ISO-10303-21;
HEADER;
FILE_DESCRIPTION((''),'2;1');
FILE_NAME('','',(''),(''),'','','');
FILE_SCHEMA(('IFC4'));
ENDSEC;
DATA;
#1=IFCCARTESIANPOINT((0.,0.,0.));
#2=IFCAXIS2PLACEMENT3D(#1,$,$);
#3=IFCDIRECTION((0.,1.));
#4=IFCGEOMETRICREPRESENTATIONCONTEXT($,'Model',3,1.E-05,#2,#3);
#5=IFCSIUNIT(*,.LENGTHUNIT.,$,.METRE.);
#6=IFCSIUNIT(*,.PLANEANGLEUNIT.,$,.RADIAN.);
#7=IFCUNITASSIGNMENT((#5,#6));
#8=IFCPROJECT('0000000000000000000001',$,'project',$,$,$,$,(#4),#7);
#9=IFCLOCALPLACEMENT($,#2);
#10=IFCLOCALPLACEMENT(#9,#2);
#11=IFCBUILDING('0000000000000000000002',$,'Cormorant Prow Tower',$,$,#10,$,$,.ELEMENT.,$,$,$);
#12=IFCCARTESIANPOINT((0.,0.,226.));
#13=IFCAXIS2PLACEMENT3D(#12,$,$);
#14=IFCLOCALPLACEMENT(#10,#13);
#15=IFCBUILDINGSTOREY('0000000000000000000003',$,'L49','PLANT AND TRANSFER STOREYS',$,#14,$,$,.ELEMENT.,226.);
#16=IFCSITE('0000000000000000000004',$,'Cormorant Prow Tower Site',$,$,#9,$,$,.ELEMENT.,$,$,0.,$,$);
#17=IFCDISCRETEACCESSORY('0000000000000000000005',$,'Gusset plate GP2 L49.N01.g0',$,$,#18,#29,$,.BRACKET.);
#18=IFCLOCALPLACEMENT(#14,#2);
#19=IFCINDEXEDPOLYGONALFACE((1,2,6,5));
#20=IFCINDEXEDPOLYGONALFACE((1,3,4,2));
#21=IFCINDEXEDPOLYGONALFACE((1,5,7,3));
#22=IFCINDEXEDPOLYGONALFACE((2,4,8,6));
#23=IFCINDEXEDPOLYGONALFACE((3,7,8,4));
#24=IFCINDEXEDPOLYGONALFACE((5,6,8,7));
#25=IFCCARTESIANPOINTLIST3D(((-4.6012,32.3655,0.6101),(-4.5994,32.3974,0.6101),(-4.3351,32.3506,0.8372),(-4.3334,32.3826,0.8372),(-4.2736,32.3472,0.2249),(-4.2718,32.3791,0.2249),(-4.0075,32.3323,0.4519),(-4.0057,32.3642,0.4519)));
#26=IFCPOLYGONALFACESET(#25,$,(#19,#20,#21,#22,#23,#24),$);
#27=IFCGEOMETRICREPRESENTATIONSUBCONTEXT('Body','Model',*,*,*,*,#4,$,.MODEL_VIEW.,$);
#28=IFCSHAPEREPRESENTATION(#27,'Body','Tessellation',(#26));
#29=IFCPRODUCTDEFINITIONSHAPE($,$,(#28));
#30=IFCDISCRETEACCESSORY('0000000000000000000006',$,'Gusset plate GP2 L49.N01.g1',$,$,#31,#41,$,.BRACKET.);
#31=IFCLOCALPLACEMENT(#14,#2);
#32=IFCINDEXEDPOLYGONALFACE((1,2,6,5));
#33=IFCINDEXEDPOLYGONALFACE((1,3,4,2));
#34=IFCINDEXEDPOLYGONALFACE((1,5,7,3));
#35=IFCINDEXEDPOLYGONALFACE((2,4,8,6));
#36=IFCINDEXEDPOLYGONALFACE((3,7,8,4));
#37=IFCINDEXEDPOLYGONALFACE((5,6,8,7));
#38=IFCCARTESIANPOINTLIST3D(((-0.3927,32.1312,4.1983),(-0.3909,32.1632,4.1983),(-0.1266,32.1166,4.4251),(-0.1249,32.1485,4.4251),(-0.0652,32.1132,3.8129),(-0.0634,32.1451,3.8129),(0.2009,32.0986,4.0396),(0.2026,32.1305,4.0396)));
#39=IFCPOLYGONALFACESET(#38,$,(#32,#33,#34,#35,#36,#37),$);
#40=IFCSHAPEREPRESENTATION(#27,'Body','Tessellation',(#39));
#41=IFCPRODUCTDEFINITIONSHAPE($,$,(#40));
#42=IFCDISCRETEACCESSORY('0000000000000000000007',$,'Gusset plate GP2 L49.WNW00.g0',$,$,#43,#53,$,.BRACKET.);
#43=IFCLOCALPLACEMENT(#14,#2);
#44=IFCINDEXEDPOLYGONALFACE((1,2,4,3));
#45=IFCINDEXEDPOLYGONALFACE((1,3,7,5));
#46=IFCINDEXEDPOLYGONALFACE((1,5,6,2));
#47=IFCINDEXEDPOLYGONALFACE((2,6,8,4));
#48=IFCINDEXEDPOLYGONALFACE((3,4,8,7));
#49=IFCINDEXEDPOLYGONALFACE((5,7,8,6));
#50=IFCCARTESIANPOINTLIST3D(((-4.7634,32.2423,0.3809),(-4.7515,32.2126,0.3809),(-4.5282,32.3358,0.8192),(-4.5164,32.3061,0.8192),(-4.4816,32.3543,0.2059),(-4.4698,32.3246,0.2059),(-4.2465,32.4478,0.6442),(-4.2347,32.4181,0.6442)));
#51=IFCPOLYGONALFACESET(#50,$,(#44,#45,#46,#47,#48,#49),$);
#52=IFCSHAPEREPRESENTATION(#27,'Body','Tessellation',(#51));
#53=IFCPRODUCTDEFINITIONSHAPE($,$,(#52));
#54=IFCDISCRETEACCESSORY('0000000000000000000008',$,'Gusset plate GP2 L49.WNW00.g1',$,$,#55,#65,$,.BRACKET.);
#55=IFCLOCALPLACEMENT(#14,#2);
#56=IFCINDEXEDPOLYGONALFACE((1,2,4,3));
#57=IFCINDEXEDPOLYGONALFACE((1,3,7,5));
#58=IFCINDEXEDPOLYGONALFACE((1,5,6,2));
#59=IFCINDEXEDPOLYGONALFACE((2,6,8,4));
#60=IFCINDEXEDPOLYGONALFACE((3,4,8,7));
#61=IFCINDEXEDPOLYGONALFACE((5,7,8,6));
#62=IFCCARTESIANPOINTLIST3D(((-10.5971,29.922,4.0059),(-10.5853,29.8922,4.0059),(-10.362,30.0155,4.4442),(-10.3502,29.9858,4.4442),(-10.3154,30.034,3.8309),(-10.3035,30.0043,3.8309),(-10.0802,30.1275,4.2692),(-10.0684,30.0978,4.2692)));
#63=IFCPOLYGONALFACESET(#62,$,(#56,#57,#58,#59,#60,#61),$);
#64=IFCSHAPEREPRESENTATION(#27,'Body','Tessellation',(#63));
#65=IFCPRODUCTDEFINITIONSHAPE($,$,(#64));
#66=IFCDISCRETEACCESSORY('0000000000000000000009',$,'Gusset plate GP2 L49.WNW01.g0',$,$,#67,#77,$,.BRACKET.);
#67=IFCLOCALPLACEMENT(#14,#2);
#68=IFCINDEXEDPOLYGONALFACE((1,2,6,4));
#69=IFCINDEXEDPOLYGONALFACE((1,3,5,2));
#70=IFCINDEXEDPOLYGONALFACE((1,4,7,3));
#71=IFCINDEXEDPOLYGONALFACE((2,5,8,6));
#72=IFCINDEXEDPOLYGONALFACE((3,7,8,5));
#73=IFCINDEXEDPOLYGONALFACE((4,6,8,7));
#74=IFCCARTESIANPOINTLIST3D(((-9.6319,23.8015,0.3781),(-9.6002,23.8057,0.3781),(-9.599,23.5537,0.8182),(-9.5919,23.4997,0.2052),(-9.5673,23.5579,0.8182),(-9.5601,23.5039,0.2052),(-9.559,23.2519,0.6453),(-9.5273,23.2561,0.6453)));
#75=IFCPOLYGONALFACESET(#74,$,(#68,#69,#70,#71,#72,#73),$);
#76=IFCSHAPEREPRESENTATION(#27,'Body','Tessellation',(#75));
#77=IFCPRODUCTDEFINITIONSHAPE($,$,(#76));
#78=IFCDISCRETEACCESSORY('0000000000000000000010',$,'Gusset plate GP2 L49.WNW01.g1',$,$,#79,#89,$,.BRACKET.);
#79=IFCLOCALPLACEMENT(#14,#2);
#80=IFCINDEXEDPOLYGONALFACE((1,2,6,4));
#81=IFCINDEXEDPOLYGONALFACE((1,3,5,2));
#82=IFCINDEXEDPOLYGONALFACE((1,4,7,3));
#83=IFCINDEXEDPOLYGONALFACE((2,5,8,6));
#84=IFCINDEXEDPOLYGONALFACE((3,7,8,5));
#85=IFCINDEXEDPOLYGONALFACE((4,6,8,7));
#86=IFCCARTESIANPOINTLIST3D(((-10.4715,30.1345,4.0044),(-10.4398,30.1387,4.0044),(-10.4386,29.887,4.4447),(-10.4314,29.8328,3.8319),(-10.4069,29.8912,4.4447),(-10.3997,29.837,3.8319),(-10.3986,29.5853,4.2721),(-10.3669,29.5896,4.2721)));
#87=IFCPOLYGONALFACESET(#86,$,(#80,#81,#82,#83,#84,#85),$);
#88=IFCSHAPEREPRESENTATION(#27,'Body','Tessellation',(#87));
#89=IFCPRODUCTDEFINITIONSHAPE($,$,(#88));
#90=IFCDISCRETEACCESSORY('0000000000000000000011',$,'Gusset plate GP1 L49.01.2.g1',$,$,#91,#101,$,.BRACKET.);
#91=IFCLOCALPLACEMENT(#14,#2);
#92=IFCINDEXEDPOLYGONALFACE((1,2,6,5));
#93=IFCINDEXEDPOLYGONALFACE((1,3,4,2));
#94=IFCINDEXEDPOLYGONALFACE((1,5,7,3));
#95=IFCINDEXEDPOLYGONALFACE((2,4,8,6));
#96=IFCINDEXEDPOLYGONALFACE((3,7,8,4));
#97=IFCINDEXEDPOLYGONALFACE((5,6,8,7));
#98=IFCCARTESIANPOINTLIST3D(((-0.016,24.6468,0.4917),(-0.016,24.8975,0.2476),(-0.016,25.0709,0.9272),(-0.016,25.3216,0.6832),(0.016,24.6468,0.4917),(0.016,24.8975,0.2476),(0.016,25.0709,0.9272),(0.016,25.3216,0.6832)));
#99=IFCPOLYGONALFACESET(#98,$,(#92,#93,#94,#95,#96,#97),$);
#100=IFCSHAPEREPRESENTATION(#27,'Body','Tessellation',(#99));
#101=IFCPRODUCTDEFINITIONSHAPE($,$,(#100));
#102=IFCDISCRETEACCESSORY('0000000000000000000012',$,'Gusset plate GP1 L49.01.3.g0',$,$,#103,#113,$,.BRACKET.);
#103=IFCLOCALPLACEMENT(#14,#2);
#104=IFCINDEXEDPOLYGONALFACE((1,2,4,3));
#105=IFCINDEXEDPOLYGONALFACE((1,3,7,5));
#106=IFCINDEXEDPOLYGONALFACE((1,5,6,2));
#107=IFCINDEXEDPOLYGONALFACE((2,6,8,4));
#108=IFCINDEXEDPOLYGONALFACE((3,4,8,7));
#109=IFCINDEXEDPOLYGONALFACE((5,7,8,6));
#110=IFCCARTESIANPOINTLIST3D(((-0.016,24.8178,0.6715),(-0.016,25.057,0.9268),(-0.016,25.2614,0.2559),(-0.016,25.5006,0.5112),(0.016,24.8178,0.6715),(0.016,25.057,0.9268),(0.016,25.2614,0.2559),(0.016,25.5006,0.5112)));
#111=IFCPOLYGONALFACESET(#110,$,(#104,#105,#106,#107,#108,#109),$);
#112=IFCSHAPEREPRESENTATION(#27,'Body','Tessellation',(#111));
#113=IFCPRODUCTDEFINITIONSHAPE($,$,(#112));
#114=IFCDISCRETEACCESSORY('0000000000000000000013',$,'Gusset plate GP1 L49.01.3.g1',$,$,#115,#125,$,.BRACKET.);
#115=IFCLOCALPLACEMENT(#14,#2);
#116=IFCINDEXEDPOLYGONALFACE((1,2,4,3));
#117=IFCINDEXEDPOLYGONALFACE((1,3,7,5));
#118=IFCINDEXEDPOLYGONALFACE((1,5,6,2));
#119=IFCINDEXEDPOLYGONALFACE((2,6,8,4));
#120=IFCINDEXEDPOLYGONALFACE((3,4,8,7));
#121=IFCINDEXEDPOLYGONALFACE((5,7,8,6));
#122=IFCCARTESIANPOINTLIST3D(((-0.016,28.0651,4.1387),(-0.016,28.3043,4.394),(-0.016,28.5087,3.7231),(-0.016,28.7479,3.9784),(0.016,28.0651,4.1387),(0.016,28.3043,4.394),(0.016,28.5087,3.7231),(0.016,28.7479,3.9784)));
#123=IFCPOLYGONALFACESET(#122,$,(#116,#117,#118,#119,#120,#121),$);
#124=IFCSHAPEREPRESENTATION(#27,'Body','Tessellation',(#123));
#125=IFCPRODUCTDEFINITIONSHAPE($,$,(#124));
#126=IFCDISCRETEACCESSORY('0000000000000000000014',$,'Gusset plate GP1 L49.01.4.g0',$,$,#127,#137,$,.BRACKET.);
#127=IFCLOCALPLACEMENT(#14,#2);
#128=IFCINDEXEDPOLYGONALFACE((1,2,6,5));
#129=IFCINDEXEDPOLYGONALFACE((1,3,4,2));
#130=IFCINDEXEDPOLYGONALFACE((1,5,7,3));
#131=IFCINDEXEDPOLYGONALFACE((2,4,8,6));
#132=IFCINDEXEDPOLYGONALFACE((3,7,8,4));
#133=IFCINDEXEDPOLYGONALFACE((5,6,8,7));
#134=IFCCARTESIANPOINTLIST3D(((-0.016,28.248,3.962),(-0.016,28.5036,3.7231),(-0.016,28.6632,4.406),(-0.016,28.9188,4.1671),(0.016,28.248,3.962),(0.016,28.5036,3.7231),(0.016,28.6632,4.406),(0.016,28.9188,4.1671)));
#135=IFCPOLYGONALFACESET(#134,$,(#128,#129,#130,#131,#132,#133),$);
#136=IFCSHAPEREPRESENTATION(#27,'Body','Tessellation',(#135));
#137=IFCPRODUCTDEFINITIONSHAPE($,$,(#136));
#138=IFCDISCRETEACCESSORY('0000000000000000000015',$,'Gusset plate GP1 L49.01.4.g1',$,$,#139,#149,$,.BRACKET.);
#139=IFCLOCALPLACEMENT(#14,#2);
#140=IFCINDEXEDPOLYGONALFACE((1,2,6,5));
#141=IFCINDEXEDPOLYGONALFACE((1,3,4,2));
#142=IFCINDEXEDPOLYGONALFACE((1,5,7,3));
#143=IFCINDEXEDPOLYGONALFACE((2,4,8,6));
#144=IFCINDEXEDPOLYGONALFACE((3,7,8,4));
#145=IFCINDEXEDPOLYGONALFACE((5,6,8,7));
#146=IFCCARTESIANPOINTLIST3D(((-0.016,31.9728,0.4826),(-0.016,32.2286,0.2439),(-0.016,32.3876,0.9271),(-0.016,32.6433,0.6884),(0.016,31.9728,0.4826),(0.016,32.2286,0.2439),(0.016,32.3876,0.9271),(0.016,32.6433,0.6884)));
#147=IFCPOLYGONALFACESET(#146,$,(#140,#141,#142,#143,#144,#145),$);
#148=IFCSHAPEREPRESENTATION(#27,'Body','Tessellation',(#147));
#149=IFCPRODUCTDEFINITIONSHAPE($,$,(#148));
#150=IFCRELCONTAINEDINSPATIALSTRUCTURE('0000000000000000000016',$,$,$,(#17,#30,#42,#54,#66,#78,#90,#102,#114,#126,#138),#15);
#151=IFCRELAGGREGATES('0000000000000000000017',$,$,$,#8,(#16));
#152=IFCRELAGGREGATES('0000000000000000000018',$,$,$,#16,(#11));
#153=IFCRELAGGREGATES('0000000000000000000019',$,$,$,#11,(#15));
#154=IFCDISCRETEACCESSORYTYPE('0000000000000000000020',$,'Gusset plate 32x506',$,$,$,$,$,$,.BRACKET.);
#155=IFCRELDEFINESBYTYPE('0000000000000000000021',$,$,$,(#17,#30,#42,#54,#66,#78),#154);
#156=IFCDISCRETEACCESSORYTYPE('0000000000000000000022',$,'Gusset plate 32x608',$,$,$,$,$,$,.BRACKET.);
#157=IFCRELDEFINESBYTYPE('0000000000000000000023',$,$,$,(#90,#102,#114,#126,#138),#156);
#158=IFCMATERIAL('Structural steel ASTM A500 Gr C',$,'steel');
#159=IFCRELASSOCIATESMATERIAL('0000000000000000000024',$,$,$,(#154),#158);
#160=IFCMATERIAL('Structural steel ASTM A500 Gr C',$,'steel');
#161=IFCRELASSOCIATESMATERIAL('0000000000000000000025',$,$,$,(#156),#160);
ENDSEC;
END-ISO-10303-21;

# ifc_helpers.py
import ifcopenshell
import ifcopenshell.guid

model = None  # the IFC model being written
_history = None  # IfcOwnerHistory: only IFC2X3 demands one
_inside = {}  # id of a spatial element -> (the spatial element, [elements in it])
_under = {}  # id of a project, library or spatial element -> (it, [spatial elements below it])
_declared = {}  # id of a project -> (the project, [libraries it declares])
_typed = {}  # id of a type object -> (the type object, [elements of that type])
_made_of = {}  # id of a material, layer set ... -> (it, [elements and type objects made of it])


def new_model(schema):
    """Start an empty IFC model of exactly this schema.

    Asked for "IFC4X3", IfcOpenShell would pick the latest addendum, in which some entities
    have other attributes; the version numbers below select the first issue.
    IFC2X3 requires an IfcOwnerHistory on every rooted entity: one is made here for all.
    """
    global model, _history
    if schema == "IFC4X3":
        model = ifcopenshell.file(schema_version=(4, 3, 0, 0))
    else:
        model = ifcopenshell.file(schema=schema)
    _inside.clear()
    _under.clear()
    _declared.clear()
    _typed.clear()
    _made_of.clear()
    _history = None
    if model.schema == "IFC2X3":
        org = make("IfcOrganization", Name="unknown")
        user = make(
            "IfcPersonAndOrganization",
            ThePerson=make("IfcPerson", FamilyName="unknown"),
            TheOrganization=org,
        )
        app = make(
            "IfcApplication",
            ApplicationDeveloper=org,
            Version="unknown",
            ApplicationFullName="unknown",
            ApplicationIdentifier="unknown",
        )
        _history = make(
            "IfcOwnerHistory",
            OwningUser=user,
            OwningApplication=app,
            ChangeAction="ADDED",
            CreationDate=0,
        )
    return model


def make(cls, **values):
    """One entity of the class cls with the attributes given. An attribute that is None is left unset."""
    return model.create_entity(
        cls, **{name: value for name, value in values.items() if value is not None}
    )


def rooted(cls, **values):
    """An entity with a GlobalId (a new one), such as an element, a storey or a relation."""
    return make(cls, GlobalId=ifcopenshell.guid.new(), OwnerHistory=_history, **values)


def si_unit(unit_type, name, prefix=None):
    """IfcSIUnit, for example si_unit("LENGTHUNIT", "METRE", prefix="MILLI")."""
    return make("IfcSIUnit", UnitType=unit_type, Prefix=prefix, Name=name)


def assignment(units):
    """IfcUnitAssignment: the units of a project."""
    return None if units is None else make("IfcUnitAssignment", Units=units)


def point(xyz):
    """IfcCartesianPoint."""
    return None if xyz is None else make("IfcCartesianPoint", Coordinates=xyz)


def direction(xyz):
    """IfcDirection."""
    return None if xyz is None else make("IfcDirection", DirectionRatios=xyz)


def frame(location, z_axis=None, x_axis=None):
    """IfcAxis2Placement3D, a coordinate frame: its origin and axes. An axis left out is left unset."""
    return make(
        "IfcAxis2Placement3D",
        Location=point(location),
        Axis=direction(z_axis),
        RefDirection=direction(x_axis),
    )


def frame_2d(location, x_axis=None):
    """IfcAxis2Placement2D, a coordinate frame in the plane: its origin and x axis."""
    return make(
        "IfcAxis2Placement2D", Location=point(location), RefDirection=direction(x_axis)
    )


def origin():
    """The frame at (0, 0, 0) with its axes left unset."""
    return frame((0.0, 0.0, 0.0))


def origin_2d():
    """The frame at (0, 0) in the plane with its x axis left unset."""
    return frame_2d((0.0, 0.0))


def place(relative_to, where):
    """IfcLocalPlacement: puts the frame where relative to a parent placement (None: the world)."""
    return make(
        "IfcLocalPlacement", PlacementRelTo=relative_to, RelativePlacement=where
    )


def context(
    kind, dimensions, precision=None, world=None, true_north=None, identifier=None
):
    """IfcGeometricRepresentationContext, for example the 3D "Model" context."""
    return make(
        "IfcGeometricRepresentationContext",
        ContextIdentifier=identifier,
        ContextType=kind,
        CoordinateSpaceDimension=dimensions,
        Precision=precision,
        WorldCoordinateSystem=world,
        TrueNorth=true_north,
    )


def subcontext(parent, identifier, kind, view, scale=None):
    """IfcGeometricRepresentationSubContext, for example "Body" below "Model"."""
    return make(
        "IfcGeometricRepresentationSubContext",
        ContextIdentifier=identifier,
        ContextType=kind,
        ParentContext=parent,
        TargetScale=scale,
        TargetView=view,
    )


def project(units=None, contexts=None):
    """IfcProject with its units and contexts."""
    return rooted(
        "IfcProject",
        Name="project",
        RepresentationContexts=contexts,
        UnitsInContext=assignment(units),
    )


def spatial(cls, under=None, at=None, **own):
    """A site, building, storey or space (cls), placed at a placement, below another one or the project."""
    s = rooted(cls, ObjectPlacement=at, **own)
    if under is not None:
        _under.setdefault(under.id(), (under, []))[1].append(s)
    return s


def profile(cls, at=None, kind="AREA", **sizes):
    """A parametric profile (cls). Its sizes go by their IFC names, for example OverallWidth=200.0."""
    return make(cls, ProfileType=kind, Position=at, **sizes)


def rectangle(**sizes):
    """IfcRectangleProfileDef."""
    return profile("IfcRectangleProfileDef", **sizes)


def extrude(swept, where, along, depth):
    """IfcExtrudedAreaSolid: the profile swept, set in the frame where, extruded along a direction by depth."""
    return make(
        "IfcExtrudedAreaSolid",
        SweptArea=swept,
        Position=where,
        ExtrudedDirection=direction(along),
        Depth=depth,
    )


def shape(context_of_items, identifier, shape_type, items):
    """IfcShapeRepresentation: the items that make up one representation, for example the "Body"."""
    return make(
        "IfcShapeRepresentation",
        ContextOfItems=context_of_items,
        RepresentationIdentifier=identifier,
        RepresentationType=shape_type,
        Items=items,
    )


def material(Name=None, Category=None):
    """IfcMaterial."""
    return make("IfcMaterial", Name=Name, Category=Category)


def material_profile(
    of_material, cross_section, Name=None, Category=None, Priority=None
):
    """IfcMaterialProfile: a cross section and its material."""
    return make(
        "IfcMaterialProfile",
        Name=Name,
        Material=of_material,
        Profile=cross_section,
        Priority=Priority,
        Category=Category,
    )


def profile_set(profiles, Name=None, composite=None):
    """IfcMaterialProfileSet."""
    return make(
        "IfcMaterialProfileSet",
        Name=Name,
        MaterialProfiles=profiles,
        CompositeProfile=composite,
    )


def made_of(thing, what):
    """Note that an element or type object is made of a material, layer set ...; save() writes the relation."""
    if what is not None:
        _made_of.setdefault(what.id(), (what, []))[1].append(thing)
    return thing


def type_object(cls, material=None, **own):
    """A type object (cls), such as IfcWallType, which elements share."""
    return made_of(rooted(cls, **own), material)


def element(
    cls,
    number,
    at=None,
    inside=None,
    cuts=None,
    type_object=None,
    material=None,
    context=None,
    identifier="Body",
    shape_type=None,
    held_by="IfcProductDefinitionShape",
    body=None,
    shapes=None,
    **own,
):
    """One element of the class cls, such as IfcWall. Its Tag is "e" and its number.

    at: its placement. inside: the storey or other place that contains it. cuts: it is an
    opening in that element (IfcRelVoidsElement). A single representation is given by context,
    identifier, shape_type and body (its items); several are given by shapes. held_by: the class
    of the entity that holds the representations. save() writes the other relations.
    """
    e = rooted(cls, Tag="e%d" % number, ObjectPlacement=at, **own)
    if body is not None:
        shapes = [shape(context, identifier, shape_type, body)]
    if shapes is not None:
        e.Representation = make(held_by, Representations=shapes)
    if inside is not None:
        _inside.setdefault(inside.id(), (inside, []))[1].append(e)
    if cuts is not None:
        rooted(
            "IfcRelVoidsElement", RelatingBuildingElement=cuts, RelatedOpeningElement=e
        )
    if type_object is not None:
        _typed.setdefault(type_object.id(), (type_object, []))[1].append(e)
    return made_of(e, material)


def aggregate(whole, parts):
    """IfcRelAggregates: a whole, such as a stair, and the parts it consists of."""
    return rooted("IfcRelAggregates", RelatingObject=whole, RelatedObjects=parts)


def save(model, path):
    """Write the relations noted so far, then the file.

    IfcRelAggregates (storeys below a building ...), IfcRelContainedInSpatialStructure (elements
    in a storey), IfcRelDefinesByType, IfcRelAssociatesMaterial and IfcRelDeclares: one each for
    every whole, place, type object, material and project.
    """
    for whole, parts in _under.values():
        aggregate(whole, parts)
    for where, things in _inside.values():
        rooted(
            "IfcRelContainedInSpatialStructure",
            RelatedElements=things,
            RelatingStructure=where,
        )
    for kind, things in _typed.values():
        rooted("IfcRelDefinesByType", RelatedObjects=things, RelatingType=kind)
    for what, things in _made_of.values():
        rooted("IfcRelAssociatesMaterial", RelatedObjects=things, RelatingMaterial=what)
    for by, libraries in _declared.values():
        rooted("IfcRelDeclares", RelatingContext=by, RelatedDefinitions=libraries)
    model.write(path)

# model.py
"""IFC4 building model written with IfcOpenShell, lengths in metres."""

from ifc_helpers import new_model, si_unit, direction, frame, origin, origin_2d, place, context, subcontext, project, spatial, rectangle, extrude, material, material_profile, profile_set, type_object, element, save


model = new_model("IFC4")

# Units and contexts
model_context = context("Model", 3, precision=1e-05, world=origin(), true_north=direction((0.0, 1.0)))
body_context = subcontext(model_context, "Body", "Model", "MODEL_VIEW")
ifc_project = project(units=[si_unit("LENGTHUNIT", "METRE"), si_unit("PLANEANGLEUNIT", "RADIAN")], contexts=[model_context])

# Site, building, storey
site_placement = place(None, origin())
site = spatial("IfcSite", under=ifc_project, at=site_placement, Name="Cormorant Prow Tower Site", CompositionType="ELEMENT", RefElevation=0.0)
building_placement = place(site_placement, origin())
building = spatial("IfcBuilding", under=site, at=building_placement, Name="Cormorant Prow Tower", CompositionType="ELEMENT")
storey_placement = place(building_placement, frame((0.0, 0.0, 226.0)))
storey = spatial("IfcBuildingStorey", under=building, at=storey_placement, Name="L49", Description="PLANT AND TRANSFER STOREYS", CompositionType="ELEMENT", Elevation=226.0)

# Discrete accessories
ifc_material_1 = material(Name="Structural steel ASTM A500 Gr C", Category="steel")
ifc_material_profile_1 = material_profile(ifc_material_1, rectangle(XDim=0.032, YDim=0.5061, at=origin_2d()), Name="Gusset plate 32x506")
ifc_profile_set_1 = profile_set([ifc_material_profile_1], Name="Structural steel ASTM A500 Gr C")
discrete_accessory_type_1 = type_object("IfcDiscreteAccessoryType", Name="Gusset plate 32x506", PredefinedType="BRACKET", material=ifc_profile_set_1)
discrete_accessory_1_placement = place(storey_placement, frame((-4.1704, 32.3574, 0.6445), z_axis=(-0.760044, 0.042535, -0.648478), x_axis=(-0.055876, -0.998438, 0.0)))
element("IfcDiscreteAccessory", 1, at=discrete_accessory_1_placement, inside=storey, type_object=discrete_accessory_type_1, Name="Gusset plate GP2 L49.N01.g0", PredefinedType="BRACKET", context=body_context, shape_type="SweptSolid", body=[
    extrude(rectangle(XDim=0.032, YDim=0.5061, at=origin_2d()), origin(), (0.0, 0.0, 1.0), 0.3501),
])
discrete_accessory_2_placement = place(storey_placement, frame((-0.228, 32.1382, 4.0056), z_axis=(0.76041, -0.041857, 0.648093), x_axis=(0.054963, 0.998488, 0.0)))
element("IfcDiscreteAccessory", 2, at=discrete_accessory_2_placement, inside=storey, type_object=discrete_accessory_type_1, Name="Gusset plate GP2 L49.N01.g1", PredefinedType="BRACKET", context=body_context, shape_type="SweptSolid", body=[
    extrude(rectangle(XDim=0.032, YDim=0.5061, at=origin_2d()), origin(), (0.0, 0.0, 1.0), 0.3499),
])
for number, where, z_axis, x_axis, name in (
    (3, (-4.6399, 32.2742, 0.6001), (0.804717, 0.320074, -0.499984), (-0.369585, 0.929197, 0.0), "Gusset plate GP2 L49.WNW00.g0"),
    (4, (-10.1919, 30.0659, 4.05), (-0.804717, -0.320074, 0.499984), (0.369585, -0.929197, 0.0), "Gusset plate GP2 L49.WNW00.g1"),
    (5, (-9.5996, 23.6797, 0.5981), (0.114379, -0.862029, -0.493784), (0.991312, 0.131533, 0.0), "Gusset plate GP2 L49.WNW01.g0"),
):
    element("IfcDiscreteAccessory", number, at=place(storey_placement, frame(where, z_axis=z_axis, x_axis=x_axis)), inside=storey, type_object=discrete_accessory_type_1, Name=name, PredefinedType="BRACKET", context=body_context, shape_type="SweptSolid", body=[
        extrude(rectangle(XDim=0.032, YDim=0.5061, at=origin_2d()), origin(), (0.0, 0.0, 1.0), 0.3501),
    ])
discrete_accessory_3_placement = place(storey_placement, frame((-10.3992, 29.7112, 4.052), z_axis=(-0.114419, 0.862326, 0.493256), x_axis=(-0.991312, -0.131533, 0.0)))
element("IfcDiscreteAccessory", 6, at=discrete_accessory_3_placement, inside=storey, type_object=discrete_accessory_type_1, Name="Gusset plate GP2 L49.WNW01.g1", PredefinedType="BRACKET", context=body_context, shape_type="SweptSolid", body=[
    extrude(rectangle(XDim=0.032, YDim=0.5061, at=origin_2d()), origin(), (0.0, 0.0, 1.0), 0.3499),
])
ifc_material_2 = material(Name="Structural steel ASTM A500 Gr C", Category="steel")
ifc_material_profile_2 = material_profile(ifc_material_2, rectangle(XDim=0.032, YDim=0.6079, at=origin_2d()), Name="Gusset plate 32x608")
ifc_profile_set_2 = profile_set([ifc_material_profile_2], Name="Structural steel ASTM A500 Gr C")
discrete_accessory_type_2 = type_object("IfcDiscreteAccessoryType", Name="Gusset plate 32x608", PredefinedType="BRACKET", material=ifc_profile_set_2)
for number, where, z_axis, x_axis, name in (
    (7, (0.0, 24.8589, 0.7095), (0.0, 0.716462, -0.697626), (-1.0, 0.0, 0.0), "Gusset plate GP1 L49.01.2.g1"),
    (8, (0.0, 25.2788, 0.719), (0.0, -0.683709, -0.729755), (1.0, 0.0, 0.0), "Gusset plate GP1 L49.01.3.g0"),
    (9, (0.0, 28.2869, 3.9309), (0.0, 0.683709, 0.729755), (-1.0, 0.0, 0.0), "Gusset plate GP1 L49.01.3.g1"),
    (10, (0.0, 28.7112, 3.9451), (0.0, -0.730429, 0.682989), (1.0, 0.0, 0.0), "Gusset plate GP1 L49.01.4.g0"),
    (11, (0.0, 32.1802, 0.7048), (0.0, 0.731102, -0.682269), (-1.0, 0.0, 0.0), "Gusset plate GP1 L49.01.4.g1"),
):
    element("IfcDiscreteAccessory", number, at=place(storey_placement, frame(where, z_axis=z_axis, x_axis=x_axis)), inside=storey, type_object=discrete_accessory_type_2, Name=name, PredefinedType="BRACKET", context=body_context, shape_type="SweptSolid", body=[
        extrude(rectangle(XDim=0.032, YDim=0.6079, at=origin_2d()), origin(), (0.0, 0.0, 1.0), 0.3499),
    ])

save(model, "model.ifc")
